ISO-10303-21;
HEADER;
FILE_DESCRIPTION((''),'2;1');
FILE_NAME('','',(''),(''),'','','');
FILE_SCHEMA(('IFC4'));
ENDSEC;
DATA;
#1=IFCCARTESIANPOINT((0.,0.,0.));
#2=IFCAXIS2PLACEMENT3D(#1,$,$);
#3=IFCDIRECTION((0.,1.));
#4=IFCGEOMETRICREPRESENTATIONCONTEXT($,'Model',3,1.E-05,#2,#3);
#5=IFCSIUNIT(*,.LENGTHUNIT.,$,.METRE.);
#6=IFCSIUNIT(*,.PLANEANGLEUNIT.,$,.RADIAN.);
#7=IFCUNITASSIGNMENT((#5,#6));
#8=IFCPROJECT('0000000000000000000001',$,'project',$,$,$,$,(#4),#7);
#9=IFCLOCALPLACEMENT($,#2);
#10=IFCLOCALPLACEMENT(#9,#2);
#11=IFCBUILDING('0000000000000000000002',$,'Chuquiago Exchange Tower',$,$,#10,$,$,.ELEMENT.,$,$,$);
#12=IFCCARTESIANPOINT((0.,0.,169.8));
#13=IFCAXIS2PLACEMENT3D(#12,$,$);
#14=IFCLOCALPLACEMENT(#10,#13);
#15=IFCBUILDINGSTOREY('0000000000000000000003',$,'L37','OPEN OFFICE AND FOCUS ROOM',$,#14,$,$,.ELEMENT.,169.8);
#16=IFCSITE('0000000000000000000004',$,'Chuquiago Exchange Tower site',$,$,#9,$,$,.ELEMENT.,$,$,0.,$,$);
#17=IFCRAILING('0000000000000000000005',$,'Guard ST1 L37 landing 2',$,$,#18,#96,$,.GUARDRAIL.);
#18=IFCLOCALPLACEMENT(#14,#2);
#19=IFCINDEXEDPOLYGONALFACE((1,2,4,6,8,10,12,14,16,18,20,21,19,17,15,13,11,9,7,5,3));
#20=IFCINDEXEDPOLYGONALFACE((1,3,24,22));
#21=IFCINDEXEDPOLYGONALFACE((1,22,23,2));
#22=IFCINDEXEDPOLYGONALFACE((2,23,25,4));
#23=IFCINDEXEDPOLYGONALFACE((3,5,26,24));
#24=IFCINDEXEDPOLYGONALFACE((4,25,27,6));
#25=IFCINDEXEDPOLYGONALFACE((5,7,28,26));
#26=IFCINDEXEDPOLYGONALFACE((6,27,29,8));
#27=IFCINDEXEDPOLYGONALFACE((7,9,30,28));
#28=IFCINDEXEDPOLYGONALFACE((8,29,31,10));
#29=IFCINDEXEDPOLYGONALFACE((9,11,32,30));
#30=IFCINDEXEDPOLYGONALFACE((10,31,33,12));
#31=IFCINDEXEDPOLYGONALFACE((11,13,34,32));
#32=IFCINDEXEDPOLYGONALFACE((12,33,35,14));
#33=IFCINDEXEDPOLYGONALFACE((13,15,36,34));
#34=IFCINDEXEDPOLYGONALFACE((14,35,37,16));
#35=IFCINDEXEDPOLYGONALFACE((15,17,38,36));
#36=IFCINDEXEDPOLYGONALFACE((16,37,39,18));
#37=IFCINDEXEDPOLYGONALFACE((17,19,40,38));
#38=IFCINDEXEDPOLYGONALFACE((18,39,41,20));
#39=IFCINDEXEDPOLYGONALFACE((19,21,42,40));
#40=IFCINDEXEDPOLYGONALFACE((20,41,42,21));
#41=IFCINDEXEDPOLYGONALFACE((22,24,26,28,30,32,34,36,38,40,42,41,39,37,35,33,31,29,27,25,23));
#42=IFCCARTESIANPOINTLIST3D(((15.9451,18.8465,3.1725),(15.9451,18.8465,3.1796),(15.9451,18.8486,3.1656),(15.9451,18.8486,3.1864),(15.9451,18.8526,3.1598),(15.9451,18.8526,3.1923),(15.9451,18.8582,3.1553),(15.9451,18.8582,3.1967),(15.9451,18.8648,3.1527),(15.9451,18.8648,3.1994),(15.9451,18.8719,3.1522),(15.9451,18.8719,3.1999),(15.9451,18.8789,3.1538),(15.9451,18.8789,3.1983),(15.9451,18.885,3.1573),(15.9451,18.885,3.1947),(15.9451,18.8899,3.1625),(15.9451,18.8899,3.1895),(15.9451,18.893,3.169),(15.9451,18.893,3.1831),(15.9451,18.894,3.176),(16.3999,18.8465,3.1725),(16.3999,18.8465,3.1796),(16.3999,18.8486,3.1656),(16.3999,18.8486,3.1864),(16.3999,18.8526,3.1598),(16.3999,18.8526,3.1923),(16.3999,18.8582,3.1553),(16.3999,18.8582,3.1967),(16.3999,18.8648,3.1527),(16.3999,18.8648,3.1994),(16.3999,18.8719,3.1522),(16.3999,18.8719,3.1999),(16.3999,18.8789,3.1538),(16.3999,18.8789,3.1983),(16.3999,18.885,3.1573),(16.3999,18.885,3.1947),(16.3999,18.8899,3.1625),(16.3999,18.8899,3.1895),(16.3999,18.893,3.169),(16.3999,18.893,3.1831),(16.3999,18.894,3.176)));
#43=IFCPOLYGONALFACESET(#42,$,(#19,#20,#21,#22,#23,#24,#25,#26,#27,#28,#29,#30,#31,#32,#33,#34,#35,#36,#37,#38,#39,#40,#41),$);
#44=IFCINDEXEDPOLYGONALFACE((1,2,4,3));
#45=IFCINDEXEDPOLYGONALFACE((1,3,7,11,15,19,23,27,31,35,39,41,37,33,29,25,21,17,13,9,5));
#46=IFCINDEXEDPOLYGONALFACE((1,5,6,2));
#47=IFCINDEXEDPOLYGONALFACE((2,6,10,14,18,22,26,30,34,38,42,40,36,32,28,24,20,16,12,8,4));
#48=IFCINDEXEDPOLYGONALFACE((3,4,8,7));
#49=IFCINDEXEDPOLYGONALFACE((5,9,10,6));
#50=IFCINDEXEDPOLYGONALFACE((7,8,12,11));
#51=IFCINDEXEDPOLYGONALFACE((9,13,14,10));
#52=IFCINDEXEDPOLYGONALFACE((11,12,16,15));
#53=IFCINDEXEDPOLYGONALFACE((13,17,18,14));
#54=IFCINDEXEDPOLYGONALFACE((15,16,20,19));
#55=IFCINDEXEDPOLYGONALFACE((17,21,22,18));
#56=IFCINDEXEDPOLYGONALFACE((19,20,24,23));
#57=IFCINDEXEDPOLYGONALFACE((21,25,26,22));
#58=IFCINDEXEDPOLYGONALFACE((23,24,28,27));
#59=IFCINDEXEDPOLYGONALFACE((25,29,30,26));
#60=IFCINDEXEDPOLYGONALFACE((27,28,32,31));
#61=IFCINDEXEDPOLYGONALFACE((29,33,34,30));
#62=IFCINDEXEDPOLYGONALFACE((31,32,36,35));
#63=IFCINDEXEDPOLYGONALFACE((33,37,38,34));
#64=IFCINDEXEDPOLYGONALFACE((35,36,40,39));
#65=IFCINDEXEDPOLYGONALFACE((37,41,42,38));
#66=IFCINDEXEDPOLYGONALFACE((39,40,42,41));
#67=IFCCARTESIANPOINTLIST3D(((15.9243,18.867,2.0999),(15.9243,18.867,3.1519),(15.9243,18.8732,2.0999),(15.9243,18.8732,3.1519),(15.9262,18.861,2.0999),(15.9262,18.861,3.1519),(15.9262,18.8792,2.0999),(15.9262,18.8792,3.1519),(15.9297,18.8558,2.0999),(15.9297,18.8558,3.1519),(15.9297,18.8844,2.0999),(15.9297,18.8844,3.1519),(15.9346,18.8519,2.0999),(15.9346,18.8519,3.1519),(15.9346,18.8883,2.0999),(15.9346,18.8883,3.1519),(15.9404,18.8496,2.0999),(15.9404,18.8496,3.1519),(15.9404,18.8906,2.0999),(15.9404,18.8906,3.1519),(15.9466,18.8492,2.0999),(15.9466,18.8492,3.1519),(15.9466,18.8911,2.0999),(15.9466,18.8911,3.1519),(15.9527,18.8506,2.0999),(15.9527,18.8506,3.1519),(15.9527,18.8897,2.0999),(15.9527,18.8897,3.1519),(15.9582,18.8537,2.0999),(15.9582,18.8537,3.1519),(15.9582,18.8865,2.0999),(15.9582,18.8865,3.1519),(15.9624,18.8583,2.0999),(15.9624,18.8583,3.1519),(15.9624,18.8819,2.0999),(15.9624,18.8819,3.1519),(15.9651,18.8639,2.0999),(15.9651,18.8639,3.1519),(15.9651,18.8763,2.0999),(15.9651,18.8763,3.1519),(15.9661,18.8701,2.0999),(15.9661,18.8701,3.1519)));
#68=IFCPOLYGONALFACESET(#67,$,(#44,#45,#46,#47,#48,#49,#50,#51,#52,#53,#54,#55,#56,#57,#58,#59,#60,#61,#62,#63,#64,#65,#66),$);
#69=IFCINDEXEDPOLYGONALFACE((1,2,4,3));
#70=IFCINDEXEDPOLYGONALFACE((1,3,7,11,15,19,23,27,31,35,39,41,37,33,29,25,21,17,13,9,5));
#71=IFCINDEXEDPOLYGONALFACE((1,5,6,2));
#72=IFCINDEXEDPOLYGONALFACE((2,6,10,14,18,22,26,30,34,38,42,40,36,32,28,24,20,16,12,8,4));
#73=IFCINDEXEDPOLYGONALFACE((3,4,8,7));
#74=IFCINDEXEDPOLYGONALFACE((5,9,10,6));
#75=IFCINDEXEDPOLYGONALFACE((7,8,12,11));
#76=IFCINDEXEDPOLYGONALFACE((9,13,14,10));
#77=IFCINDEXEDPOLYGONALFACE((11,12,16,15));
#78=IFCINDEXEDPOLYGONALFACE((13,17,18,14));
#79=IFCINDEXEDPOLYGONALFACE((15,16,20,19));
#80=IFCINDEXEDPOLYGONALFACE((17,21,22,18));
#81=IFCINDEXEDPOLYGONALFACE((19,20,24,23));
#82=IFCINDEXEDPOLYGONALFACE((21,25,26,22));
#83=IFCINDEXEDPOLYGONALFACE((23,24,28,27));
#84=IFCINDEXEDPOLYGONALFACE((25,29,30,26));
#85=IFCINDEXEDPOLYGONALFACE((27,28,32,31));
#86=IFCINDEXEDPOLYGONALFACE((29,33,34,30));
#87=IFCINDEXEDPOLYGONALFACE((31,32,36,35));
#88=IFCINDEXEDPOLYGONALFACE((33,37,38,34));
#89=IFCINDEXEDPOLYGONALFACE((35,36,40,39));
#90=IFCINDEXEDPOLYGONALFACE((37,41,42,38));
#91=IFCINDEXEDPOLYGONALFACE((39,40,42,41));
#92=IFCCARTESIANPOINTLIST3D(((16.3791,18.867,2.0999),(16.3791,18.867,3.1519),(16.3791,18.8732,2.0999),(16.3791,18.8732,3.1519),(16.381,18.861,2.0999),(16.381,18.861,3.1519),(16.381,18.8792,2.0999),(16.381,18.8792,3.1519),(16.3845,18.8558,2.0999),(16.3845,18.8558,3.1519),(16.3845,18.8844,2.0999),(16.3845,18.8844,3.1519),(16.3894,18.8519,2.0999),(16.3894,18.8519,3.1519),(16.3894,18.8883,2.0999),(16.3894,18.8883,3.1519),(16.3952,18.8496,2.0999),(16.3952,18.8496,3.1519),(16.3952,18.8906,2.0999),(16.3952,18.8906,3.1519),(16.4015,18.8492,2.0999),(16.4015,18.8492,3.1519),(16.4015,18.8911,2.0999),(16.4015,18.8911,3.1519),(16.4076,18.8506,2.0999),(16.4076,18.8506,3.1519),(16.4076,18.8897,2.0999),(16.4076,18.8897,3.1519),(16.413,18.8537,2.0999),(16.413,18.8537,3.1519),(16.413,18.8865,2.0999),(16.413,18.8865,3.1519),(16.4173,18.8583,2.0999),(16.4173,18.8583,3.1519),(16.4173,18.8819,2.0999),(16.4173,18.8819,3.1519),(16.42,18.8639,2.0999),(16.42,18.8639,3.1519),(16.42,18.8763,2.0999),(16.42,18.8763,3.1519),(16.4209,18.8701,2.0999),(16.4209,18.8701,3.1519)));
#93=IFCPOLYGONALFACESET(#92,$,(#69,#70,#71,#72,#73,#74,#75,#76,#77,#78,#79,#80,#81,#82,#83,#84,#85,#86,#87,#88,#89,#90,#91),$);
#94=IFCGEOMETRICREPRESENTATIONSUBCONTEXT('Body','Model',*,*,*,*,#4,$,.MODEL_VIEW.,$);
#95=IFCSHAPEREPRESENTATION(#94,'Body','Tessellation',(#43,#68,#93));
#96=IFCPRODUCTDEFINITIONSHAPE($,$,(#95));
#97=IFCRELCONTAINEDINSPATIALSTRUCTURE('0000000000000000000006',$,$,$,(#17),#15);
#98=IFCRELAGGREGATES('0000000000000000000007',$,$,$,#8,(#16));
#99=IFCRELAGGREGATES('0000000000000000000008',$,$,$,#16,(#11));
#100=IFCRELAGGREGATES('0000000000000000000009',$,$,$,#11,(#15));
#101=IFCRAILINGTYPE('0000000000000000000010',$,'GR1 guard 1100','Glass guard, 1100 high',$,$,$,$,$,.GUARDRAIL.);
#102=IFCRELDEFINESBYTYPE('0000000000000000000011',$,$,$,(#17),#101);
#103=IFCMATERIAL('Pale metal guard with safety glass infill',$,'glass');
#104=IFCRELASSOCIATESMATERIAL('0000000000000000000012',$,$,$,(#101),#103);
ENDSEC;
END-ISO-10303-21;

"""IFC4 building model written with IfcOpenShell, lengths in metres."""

from ifc_helpers import new_model, si_unit, direction, frame, origin, origin_2d, place, context, subcontext, project, spatial, circle, extrude, material, type_object, element, save


model = new_model("IFC4")

# Units and contexts
model_context = context("Model", 3, precision=1e-05, world=origin(), true_north=direction((0.0, 1.0)))
body_context = subcontext(model_context, "Body", "Model", "MODEL_VIEW")
ifc_project = project(units=[si_unit("LENGTHUNIT", "METRE"), si_unit("PLANEANGLEUNIT", "RADIAN")], contexts=[model_context])

# Site, building, storey
site_placement = place(None, origin())
site = spatial("IfcSite", under=ifc_project, at=site_placement, Name="Chuquiago Exchange Tower site", CompositionType="ELEMENT", RefElevation=0.0)
building_placement = place(site_placement, origin())
building = spatial("IfcBuilding", under=site, at=building_placement, Name="Chuquiago Exchange Tower", CompositionType="ELEMENT")
storey_placement = place(building_placement, frame((0.0, 0.0, 169.8)))
storey = spatial("IfcBuildingStorey", under=building, at=storey_placement, Name="L37", Description="OPEN OFFICE AND FOCUS ROOM", CompositionType="ELEMENT", Elevation=169.8)

# Railing
ifc_material_1 = material(Name="Pale metal guard with safety glass infill", Category="glass")
railing_type_1 = type_object("IfcRailingType", Name="GR1 guard 1100", Description="Glass guard, 1100 high", PredefinedType="GUARDRAIL", material=ifc_material_1)
for number, where, name in (
    (1, (15.9451, 18.8701, 2.0999), "Guard ST1 L37 landing 2"),
):
    element("IfcRailing", number, at=place(storey_placement, frame(where)), inside=storey, type_object=railing_type_1, Name=name, PredefinedType="GUARDRAIL", context=body_context, shape_type="SweptSolid", body=[
        extrude(circle(Radius=0.0239, at=origin_2d()), frame((0.0, 0.0, 1.0762), z_axis=(1.0, 0.0, 0.0), x_axis=(0.0, 1.0, 0.0)), (0.0, 0.0, 1.0), 0.4548),
        extrude(circle(Radius=0.021, at=origin_2d()), origin(), (0.0, 0.0, 1.0), 1.052),
        extrude(circle(Radius=0.021, at=origin_2d()), frame((0.4548, 0.0, 0.0)), (0.0, 0.0, 1.0), 1.052),
    ])

save(model, "model.ifc")
